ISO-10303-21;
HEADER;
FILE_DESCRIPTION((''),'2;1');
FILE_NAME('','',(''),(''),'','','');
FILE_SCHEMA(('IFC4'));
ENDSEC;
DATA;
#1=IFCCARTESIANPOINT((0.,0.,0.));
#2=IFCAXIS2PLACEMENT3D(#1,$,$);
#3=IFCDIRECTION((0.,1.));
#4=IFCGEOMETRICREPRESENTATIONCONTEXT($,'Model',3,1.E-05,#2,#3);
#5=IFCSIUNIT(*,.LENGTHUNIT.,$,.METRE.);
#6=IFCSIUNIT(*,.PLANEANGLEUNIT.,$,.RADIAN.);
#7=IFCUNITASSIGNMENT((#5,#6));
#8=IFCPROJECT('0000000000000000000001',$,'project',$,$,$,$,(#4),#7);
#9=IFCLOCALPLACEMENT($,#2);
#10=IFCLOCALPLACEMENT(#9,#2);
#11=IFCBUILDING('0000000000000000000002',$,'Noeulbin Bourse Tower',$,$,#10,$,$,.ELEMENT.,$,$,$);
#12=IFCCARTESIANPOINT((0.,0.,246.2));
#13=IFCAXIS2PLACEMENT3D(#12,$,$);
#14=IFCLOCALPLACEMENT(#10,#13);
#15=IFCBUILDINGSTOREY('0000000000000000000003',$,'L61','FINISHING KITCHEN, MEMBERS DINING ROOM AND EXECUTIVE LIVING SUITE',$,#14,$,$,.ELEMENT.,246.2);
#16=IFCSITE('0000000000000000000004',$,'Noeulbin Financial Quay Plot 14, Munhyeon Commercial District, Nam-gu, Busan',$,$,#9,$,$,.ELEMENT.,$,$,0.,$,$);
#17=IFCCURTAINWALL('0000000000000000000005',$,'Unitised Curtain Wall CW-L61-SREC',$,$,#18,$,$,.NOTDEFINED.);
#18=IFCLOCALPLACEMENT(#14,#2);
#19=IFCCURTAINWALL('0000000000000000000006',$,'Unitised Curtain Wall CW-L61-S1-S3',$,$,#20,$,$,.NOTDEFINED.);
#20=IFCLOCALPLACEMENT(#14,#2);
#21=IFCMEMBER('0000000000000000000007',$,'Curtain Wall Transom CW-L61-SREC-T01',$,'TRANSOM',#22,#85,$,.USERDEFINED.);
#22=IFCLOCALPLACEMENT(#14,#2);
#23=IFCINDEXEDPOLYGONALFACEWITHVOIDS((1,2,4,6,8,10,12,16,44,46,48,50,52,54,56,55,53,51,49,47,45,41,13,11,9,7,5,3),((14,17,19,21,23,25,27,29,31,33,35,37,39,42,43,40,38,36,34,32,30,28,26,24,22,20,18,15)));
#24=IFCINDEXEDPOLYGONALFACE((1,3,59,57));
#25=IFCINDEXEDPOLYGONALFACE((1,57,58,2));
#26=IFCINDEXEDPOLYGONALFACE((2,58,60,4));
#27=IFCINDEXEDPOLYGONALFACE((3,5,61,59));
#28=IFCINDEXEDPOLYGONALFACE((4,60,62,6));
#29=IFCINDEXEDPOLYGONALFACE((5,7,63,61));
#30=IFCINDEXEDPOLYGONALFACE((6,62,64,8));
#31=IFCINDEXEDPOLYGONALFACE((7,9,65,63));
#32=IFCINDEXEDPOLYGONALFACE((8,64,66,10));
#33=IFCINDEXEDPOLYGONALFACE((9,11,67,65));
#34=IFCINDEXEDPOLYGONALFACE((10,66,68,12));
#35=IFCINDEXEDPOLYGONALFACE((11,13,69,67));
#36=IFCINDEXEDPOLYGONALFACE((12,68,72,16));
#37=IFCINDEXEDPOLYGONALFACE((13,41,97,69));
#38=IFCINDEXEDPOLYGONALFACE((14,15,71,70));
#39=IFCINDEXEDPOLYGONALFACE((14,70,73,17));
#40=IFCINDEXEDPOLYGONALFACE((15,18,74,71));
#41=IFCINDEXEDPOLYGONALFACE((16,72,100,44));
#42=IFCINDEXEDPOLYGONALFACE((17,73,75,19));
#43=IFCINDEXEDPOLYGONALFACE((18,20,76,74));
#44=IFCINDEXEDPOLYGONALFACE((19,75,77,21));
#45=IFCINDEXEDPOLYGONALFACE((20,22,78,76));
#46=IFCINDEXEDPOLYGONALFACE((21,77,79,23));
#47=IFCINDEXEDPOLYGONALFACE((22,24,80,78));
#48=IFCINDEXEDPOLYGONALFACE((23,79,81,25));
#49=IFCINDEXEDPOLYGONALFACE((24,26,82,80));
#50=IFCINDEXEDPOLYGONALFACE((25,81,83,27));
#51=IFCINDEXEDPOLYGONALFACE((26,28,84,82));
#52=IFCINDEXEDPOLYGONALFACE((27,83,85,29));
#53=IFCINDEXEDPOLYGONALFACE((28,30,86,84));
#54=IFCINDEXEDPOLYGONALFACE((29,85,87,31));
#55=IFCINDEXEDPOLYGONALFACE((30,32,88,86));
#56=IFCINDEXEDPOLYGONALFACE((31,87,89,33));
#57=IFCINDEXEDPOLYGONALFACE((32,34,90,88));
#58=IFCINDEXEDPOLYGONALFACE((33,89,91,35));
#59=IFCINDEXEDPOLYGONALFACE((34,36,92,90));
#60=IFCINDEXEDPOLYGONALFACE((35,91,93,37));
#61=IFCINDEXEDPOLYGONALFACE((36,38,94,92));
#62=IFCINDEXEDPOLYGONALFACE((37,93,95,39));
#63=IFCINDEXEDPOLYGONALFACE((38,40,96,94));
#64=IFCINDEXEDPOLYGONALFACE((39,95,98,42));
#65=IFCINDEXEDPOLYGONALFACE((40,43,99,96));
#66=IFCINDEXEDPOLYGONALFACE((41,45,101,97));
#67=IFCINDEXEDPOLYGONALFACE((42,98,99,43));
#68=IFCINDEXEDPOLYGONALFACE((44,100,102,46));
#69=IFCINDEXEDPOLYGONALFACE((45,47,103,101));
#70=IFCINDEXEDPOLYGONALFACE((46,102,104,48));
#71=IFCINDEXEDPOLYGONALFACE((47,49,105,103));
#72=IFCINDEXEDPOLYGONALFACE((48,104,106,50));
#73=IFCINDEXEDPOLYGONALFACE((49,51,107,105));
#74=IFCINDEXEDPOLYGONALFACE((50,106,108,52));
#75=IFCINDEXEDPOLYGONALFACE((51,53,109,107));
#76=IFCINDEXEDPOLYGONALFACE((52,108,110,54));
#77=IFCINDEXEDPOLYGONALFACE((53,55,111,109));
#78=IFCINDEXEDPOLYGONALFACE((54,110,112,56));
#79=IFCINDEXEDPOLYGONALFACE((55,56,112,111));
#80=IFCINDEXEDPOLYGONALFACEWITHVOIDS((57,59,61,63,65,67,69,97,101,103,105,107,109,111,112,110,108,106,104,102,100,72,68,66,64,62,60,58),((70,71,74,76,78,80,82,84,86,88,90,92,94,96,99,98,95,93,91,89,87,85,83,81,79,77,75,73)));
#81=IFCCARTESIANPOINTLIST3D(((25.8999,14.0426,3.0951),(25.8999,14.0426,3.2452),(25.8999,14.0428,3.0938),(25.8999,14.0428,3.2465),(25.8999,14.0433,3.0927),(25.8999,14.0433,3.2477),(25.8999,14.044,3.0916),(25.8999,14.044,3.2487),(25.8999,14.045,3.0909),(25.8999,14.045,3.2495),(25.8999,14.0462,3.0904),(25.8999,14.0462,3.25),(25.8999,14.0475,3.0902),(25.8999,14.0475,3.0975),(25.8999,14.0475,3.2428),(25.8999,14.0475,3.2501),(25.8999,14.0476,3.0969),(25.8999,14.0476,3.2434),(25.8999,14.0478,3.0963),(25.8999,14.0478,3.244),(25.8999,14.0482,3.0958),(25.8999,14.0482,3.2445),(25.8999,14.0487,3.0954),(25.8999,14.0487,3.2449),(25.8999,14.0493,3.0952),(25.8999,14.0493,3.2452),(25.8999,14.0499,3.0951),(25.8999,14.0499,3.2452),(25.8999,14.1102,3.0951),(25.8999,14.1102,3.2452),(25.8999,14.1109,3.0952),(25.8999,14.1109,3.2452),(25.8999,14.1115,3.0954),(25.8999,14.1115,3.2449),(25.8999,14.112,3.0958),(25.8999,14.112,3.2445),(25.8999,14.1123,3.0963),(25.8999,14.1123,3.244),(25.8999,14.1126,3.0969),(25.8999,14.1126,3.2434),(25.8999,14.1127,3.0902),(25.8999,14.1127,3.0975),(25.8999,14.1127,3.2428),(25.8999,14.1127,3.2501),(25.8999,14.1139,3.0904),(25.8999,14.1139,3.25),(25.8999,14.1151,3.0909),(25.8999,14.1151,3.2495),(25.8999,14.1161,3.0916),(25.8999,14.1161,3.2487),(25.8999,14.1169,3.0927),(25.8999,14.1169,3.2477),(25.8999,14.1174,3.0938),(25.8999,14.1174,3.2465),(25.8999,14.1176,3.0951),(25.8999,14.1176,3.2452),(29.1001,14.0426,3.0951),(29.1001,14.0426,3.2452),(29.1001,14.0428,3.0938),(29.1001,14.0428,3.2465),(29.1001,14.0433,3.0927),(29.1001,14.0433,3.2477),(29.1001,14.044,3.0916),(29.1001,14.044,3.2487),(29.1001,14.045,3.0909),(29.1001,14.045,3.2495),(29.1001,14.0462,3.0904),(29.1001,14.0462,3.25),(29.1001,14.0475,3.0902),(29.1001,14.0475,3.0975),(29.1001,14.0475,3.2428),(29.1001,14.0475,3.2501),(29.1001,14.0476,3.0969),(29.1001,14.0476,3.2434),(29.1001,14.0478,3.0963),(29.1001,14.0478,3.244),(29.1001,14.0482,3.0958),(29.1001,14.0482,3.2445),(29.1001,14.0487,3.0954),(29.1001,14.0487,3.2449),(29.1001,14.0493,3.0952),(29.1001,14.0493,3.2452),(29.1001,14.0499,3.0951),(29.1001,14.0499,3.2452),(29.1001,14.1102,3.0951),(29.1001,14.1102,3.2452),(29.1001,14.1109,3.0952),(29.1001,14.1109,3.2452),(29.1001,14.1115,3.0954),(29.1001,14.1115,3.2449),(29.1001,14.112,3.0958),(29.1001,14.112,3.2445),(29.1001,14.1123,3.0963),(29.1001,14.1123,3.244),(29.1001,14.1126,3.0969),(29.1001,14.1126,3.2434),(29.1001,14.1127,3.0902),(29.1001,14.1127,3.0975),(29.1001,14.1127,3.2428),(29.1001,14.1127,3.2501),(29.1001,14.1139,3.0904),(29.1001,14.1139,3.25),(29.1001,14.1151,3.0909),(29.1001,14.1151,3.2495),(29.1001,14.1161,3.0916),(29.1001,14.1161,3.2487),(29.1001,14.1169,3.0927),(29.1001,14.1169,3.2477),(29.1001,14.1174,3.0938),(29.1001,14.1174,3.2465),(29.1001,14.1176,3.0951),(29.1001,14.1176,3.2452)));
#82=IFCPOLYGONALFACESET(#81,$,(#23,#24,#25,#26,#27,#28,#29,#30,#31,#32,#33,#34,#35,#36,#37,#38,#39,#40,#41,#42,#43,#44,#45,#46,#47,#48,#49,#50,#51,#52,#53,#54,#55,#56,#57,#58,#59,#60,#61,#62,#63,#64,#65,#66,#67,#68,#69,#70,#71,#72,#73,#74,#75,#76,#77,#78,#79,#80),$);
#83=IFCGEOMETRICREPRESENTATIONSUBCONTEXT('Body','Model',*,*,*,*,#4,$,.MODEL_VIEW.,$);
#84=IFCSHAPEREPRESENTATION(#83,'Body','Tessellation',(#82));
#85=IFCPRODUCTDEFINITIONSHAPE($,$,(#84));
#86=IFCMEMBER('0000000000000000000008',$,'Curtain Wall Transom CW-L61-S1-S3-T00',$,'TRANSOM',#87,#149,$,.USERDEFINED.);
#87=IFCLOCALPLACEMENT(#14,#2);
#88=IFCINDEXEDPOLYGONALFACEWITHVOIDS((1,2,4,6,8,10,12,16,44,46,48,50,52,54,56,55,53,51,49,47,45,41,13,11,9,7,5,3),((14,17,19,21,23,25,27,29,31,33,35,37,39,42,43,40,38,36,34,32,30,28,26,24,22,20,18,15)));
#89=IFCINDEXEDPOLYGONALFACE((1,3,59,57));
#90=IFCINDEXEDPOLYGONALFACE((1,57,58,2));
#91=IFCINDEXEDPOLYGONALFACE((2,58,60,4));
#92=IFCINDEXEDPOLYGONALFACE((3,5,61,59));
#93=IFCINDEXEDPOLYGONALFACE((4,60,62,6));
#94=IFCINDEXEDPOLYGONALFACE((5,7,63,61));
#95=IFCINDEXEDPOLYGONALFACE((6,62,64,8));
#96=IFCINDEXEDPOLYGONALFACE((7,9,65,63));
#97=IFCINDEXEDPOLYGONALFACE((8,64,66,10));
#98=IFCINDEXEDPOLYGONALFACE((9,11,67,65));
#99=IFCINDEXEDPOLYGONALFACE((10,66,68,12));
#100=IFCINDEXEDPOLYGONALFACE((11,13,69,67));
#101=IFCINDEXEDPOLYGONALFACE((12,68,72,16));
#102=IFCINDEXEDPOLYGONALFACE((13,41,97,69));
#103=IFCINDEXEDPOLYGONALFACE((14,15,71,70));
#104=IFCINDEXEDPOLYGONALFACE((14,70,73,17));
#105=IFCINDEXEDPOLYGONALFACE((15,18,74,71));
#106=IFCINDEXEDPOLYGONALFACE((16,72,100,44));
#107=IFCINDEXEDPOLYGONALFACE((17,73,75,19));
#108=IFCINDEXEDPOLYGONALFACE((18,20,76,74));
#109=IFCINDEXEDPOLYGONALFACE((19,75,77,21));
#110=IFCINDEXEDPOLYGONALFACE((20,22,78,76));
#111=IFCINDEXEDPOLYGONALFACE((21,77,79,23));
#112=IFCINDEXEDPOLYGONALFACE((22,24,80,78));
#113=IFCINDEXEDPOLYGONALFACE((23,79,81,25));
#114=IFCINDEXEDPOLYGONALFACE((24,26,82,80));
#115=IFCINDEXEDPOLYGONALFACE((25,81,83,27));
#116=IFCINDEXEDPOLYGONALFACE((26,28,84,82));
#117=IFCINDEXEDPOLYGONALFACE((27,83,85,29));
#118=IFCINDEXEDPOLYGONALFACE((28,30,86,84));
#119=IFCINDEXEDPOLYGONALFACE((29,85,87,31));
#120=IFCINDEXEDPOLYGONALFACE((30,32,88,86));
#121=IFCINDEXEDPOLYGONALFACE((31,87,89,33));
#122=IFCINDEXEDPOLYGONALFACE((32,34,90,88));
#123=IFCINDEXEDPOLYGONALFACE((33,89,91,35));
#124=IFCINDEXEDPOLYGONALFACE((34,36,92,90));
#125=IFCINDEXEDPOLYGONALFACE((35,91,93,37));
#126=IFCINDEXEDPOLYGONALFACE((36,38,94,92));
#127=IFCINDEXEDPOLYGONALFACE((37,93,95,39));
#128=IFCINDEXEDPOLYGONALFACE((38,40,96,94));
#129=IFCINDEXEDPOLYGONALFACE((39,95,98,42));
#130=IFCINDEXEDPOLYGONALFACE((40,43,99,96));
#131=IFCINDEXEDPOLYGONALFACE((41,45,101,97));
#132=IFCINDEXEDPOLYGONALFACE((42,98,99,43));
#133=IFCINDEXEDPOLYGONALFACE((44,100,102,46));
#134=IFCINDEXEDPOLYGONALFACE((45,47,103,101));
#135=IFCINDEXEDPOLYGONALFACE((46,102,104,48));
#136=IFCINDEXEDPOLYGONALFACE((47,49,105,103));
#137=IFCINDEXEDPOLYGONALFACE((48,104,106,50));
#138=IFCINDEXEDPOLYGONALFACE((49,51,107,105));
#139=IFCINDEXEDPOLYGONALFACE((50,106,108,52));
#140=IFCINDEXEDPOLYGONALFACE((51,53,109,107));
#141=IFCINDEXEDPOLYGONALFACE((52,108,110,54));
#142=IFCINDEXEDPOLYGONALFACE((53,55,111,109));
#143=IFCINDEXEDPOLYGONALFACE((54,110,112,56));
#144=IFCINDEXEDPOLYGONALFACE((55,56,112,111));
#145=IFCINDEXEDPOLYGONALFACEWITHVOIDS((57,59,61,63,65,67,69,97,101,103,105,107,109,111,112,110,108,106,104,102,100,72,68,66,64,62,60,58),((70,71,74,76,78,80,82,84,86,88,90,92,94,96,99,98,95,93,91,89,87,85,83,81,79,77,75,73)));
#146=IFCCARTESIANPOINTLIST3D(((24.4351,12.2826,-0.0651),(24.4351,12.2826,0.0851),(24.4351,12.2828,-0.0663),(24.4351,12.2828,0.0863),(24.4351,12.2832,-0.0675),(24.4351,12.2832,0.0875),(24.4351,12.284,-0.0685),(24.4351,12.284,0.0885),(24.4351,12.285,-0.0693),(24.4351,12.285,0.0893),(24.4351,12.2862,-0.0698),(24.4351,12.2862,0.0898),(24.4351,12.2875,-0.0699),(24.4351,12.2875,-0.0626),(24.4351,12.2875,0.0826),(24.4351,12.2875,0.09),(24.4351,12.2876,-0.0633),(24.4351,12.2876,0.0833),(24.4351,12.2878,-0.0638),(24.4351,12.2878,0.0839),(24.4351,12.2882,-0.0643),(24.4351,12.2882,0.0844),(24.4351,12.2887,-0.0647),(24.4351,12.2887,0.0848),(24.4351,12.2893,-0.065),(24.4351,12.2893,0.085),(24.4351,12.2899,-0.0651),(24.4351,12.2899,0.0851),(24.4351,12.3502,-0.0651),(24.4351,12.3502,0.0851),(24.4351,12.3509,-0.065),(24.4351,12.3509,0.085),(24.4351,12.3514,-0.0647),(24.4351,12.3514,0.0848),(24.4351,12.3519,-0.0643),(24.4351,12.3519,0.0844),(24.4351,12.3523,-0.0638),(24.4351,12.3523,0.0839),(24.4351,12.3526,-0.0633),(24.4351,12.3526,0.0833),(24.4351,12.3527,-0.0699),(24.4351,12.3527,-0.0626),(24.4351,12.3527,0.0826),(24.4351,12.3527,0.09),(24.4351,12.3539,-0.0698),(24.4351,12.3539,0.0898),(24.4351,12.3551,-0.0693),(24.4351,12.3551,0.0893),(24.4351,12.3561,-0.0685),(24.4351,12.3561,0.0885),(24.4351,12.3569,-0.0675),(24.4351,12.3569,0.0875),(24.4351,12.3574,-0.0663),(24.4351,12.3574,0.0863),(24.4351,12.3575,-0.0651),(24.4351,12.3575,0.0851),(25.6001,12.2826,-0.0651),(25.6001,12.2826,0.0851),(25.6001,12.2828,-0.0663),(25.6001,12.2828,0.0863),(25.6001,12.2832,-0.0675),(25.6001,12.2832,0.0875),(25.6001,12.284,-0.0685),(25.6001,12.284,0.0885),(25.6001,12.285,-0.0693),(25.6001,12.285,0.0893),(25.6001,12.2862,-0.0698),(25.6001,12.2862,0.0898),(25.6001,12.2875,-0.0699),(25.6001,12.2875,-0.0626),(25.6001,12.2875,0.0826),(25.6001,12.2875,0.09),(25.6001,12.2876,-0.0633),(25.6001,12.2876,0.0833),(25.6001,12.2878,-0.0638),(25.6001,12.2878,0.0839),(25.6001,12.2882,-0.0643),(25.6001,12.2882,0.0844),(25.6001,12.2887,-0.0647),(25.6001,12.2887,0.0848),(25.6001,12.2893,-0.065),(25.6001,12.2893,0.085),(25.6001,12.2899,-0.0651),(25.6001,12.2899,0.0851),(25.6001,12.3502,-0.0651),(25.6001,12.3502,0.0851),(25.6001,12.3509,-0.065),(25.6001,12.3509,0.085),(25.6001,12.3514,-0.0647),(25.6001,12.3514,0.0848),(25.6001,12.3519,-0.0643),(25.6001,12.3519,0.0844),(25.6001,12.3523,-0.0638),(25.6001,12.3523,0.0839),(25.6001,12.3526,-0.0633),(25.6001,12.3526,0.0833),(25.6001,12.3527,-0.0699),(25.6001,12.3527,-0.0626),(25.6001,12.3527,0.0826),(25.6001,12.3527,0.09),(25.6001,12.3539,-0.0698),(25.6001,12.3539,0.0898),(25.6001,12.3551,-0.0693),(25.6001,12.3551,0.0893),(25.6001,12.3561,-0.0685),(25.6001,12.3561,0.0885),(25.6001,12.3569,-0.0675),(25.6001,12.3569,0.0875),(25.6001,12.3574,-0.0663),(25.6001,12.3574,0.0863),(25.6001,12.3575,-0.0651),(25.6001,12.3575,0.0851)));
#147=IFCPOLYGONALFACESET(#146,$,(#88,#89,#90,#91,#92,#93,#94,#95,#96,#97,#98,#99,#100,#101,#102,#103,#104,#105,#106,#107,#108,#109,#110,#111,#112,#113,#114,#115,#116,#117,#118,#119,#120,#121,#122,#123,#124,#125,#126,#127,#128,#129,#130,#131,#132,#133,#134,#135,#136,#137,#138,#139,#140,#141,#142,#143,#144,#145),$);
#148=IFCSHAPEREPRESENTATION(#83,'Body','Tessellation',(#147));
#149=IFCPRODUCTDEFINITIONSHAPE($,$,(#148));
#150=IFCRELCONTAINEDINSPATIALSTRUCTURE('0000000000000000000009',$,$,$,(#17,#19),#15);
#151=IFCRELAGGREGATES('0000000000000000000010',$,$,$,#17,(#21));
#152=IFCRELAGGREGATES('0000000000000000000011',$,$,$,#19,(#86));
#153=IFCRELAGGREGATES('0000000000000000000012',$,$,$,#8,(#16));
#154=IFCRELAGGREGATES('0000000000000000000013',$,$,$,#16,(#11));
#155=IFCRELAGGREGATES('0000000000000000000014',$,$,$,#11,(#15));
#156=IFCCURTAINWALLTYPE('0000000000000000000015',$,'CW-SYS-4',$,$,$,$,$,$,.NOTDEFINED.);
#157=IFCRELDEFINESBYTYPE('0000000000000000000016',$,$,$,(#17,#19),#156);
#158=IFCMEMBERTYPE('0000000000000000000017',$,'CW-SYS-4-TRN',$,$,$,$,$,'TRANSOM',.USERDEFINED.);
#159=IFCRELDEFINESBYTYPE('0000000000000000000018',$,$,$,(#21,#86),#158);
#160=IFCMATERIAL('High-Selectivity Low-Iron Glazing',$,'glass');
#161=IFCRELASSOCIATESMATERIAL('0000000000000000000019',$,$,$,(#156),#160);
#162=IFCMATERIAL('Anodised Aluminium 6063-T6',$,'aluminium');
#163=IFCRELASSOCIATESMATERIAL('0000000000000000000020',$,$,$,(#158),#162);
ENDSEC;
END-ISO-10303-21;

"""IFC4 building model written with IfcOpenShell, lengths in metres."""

from ifc_helpers import new_model, si_unit, direction, frame, origin, origin_2d, place, context, subcontext, project, spatial, hollow_rectangle, extrude, material, material_profile, profile_set, type_object, element, aggregate, save


model = new_model("IFC4")

# Units and contexts
model_context = context("Model", 3, precision=1e-05, world=origin(), true_north=direction((0.0, 1.0)))
body_context = subcontext(model_context, "Body", "Model", "MODEL_VIEW")
ifc_project = project(units=[si_unit("LENGTHUNIT", "METRE"), si_unit("PLANEANGLEUNIT", "RADIAN")], contexts=[model_context])

# Site, building, storey
site_placement = place(None, origin())
site = spatial("IfcSite", under=ifc_project, at=site_placement, Name="Noeulbin Financial Quay Plot 14, Munhyeon Commercial District, Nam-gu, Busan", CompositionType="ELEMENT", RefElevation=0.0)
building_placement = place(site_placement, origin())
building = spatial("IfcBuilding", under=site, at=building_placement, Name="Noeulbin Bourse Tower", CompositionType="ELEMENT")
storey_placement = place(building_placement, frame((0.0, 0.0, 246.2)))
storey = spatial("IfcBuildingStorey", under=building, at=storey_placement, Name="L61", Description="FINISHING KITCHEN, MEMBERS DINING ROOM AND EXECUTIVE LIVING SUITE", CompositionType="ELEMENT", Elevation=246.2)

# Curtain wall
ifc_material_1 = material(Name="High-Selectivity Low-Iron Glazing", Category="glass")
curtain_wall_type = type_object("IfcCurtainWallType", Name="CW-SYS-4", PredefinedType="NOTDEFINED", material=ifc_material_1)
curtain_wall_1_placement = place(storey_placement, origin())
curtain_wall_1 = element("IfcCurtainWall", 1, at=curtain_wall_1_placement, inside=storey, type_object=curtain_wall_type, Name="Unitised Curtain Wall CW-L61-SREC", PredefinedType="NOTDEFINED")
ifc_material_2 = material(Name="Anodised Aluminium 6063-T6", Category="aluminium")

# Curtain wall
curtain_wall_2_placement = place(storey_placement, origin())
curtain_wall_2 = element("IfcCurtainWall", 2, at=curtain_wall_2_placement, inside=storey, type_object=curtain_wall_type, Name="Unitised Curtain Wall CW-L61-S1-S3", PredefinedType="NOTDEFINED")

# Members
ifc_material_profile_1 = material_profile(ifc_material_2, hollow_rectangle(XDim=0.075, YDim=0.1599, WallThickness=0.0049, InnerFilletRadius=0.0024, OuterFilletRadius=0.0049, at=origin_2d()), Name="ALU-TRAN-75x160x5", Category="LoadBearing")
ifc_profile_set_1 = profile_set([ifc_material_profile_1], Name="Anodised Aluminium 6063-T6")
member_type_1 = type_object("IfcMemberType", Name="CW-SYS-4-TRN", ElementType="TRANSOM", PredefinedType="USERDEFINED", material=ifc_profile_set_1)
member_1_placement = place(storey_placement, frame((25.8999, 14.0801, 3.1702), z_axis=(1.0, 0.0, 0.0), x_axis=(0.0, 1.0, 0.0)))
member_1 = element("IfcMember", 3, at=member_1_placement, type_object=member_type_1, Name="Curtain Wall Transom CW-L61-SREC-T01", ObjectType="TRANSOM", PredefinedType="USERDEFINED", context=body_context, shape_type="SweptSolid", body=[
    extrude(hollow_rectangle(XDim=0.075, YDim=0.1599, WallThickness=0.0049, InnerFilletRadius=0.0024, OuterFilletRadius=0.0049, at=origin_2d()), origin(), (0.0, 0.0, 1.0), 3.2002),
])
member_2_placement = place(storey_placement, frame((24.4351, 12.3201, 0.01), z_axis=(1.0, 0.0, 0.0), x_axis=(0.0, 1.0, 0.0)))
member_2 = element("IfcMember", 4, at=member_2_placement, type_object=member_type_1, Name="Curtain Wall Transom CW-L61-S1-S3-T00", ObjectType="TRANSOM", PredefinedType="USERDEFINED", context=body_context, shape_type="SweptSolid", body=[
    extrude(hollow_rectangle(XDim=0.075, YDim=0.1599, WallThickness=0.0049, InnerFilletRadius=0.0024, OuterFilletRadius=0.0049, at=origin_2d()), origin(), (0.0, 0.0, 1.0), 1.165),
])

aggregate(curtain_wall_1, [member_1])
aggregate(curtain_wall_2, [member_2])

save(model, "model.ifc")
